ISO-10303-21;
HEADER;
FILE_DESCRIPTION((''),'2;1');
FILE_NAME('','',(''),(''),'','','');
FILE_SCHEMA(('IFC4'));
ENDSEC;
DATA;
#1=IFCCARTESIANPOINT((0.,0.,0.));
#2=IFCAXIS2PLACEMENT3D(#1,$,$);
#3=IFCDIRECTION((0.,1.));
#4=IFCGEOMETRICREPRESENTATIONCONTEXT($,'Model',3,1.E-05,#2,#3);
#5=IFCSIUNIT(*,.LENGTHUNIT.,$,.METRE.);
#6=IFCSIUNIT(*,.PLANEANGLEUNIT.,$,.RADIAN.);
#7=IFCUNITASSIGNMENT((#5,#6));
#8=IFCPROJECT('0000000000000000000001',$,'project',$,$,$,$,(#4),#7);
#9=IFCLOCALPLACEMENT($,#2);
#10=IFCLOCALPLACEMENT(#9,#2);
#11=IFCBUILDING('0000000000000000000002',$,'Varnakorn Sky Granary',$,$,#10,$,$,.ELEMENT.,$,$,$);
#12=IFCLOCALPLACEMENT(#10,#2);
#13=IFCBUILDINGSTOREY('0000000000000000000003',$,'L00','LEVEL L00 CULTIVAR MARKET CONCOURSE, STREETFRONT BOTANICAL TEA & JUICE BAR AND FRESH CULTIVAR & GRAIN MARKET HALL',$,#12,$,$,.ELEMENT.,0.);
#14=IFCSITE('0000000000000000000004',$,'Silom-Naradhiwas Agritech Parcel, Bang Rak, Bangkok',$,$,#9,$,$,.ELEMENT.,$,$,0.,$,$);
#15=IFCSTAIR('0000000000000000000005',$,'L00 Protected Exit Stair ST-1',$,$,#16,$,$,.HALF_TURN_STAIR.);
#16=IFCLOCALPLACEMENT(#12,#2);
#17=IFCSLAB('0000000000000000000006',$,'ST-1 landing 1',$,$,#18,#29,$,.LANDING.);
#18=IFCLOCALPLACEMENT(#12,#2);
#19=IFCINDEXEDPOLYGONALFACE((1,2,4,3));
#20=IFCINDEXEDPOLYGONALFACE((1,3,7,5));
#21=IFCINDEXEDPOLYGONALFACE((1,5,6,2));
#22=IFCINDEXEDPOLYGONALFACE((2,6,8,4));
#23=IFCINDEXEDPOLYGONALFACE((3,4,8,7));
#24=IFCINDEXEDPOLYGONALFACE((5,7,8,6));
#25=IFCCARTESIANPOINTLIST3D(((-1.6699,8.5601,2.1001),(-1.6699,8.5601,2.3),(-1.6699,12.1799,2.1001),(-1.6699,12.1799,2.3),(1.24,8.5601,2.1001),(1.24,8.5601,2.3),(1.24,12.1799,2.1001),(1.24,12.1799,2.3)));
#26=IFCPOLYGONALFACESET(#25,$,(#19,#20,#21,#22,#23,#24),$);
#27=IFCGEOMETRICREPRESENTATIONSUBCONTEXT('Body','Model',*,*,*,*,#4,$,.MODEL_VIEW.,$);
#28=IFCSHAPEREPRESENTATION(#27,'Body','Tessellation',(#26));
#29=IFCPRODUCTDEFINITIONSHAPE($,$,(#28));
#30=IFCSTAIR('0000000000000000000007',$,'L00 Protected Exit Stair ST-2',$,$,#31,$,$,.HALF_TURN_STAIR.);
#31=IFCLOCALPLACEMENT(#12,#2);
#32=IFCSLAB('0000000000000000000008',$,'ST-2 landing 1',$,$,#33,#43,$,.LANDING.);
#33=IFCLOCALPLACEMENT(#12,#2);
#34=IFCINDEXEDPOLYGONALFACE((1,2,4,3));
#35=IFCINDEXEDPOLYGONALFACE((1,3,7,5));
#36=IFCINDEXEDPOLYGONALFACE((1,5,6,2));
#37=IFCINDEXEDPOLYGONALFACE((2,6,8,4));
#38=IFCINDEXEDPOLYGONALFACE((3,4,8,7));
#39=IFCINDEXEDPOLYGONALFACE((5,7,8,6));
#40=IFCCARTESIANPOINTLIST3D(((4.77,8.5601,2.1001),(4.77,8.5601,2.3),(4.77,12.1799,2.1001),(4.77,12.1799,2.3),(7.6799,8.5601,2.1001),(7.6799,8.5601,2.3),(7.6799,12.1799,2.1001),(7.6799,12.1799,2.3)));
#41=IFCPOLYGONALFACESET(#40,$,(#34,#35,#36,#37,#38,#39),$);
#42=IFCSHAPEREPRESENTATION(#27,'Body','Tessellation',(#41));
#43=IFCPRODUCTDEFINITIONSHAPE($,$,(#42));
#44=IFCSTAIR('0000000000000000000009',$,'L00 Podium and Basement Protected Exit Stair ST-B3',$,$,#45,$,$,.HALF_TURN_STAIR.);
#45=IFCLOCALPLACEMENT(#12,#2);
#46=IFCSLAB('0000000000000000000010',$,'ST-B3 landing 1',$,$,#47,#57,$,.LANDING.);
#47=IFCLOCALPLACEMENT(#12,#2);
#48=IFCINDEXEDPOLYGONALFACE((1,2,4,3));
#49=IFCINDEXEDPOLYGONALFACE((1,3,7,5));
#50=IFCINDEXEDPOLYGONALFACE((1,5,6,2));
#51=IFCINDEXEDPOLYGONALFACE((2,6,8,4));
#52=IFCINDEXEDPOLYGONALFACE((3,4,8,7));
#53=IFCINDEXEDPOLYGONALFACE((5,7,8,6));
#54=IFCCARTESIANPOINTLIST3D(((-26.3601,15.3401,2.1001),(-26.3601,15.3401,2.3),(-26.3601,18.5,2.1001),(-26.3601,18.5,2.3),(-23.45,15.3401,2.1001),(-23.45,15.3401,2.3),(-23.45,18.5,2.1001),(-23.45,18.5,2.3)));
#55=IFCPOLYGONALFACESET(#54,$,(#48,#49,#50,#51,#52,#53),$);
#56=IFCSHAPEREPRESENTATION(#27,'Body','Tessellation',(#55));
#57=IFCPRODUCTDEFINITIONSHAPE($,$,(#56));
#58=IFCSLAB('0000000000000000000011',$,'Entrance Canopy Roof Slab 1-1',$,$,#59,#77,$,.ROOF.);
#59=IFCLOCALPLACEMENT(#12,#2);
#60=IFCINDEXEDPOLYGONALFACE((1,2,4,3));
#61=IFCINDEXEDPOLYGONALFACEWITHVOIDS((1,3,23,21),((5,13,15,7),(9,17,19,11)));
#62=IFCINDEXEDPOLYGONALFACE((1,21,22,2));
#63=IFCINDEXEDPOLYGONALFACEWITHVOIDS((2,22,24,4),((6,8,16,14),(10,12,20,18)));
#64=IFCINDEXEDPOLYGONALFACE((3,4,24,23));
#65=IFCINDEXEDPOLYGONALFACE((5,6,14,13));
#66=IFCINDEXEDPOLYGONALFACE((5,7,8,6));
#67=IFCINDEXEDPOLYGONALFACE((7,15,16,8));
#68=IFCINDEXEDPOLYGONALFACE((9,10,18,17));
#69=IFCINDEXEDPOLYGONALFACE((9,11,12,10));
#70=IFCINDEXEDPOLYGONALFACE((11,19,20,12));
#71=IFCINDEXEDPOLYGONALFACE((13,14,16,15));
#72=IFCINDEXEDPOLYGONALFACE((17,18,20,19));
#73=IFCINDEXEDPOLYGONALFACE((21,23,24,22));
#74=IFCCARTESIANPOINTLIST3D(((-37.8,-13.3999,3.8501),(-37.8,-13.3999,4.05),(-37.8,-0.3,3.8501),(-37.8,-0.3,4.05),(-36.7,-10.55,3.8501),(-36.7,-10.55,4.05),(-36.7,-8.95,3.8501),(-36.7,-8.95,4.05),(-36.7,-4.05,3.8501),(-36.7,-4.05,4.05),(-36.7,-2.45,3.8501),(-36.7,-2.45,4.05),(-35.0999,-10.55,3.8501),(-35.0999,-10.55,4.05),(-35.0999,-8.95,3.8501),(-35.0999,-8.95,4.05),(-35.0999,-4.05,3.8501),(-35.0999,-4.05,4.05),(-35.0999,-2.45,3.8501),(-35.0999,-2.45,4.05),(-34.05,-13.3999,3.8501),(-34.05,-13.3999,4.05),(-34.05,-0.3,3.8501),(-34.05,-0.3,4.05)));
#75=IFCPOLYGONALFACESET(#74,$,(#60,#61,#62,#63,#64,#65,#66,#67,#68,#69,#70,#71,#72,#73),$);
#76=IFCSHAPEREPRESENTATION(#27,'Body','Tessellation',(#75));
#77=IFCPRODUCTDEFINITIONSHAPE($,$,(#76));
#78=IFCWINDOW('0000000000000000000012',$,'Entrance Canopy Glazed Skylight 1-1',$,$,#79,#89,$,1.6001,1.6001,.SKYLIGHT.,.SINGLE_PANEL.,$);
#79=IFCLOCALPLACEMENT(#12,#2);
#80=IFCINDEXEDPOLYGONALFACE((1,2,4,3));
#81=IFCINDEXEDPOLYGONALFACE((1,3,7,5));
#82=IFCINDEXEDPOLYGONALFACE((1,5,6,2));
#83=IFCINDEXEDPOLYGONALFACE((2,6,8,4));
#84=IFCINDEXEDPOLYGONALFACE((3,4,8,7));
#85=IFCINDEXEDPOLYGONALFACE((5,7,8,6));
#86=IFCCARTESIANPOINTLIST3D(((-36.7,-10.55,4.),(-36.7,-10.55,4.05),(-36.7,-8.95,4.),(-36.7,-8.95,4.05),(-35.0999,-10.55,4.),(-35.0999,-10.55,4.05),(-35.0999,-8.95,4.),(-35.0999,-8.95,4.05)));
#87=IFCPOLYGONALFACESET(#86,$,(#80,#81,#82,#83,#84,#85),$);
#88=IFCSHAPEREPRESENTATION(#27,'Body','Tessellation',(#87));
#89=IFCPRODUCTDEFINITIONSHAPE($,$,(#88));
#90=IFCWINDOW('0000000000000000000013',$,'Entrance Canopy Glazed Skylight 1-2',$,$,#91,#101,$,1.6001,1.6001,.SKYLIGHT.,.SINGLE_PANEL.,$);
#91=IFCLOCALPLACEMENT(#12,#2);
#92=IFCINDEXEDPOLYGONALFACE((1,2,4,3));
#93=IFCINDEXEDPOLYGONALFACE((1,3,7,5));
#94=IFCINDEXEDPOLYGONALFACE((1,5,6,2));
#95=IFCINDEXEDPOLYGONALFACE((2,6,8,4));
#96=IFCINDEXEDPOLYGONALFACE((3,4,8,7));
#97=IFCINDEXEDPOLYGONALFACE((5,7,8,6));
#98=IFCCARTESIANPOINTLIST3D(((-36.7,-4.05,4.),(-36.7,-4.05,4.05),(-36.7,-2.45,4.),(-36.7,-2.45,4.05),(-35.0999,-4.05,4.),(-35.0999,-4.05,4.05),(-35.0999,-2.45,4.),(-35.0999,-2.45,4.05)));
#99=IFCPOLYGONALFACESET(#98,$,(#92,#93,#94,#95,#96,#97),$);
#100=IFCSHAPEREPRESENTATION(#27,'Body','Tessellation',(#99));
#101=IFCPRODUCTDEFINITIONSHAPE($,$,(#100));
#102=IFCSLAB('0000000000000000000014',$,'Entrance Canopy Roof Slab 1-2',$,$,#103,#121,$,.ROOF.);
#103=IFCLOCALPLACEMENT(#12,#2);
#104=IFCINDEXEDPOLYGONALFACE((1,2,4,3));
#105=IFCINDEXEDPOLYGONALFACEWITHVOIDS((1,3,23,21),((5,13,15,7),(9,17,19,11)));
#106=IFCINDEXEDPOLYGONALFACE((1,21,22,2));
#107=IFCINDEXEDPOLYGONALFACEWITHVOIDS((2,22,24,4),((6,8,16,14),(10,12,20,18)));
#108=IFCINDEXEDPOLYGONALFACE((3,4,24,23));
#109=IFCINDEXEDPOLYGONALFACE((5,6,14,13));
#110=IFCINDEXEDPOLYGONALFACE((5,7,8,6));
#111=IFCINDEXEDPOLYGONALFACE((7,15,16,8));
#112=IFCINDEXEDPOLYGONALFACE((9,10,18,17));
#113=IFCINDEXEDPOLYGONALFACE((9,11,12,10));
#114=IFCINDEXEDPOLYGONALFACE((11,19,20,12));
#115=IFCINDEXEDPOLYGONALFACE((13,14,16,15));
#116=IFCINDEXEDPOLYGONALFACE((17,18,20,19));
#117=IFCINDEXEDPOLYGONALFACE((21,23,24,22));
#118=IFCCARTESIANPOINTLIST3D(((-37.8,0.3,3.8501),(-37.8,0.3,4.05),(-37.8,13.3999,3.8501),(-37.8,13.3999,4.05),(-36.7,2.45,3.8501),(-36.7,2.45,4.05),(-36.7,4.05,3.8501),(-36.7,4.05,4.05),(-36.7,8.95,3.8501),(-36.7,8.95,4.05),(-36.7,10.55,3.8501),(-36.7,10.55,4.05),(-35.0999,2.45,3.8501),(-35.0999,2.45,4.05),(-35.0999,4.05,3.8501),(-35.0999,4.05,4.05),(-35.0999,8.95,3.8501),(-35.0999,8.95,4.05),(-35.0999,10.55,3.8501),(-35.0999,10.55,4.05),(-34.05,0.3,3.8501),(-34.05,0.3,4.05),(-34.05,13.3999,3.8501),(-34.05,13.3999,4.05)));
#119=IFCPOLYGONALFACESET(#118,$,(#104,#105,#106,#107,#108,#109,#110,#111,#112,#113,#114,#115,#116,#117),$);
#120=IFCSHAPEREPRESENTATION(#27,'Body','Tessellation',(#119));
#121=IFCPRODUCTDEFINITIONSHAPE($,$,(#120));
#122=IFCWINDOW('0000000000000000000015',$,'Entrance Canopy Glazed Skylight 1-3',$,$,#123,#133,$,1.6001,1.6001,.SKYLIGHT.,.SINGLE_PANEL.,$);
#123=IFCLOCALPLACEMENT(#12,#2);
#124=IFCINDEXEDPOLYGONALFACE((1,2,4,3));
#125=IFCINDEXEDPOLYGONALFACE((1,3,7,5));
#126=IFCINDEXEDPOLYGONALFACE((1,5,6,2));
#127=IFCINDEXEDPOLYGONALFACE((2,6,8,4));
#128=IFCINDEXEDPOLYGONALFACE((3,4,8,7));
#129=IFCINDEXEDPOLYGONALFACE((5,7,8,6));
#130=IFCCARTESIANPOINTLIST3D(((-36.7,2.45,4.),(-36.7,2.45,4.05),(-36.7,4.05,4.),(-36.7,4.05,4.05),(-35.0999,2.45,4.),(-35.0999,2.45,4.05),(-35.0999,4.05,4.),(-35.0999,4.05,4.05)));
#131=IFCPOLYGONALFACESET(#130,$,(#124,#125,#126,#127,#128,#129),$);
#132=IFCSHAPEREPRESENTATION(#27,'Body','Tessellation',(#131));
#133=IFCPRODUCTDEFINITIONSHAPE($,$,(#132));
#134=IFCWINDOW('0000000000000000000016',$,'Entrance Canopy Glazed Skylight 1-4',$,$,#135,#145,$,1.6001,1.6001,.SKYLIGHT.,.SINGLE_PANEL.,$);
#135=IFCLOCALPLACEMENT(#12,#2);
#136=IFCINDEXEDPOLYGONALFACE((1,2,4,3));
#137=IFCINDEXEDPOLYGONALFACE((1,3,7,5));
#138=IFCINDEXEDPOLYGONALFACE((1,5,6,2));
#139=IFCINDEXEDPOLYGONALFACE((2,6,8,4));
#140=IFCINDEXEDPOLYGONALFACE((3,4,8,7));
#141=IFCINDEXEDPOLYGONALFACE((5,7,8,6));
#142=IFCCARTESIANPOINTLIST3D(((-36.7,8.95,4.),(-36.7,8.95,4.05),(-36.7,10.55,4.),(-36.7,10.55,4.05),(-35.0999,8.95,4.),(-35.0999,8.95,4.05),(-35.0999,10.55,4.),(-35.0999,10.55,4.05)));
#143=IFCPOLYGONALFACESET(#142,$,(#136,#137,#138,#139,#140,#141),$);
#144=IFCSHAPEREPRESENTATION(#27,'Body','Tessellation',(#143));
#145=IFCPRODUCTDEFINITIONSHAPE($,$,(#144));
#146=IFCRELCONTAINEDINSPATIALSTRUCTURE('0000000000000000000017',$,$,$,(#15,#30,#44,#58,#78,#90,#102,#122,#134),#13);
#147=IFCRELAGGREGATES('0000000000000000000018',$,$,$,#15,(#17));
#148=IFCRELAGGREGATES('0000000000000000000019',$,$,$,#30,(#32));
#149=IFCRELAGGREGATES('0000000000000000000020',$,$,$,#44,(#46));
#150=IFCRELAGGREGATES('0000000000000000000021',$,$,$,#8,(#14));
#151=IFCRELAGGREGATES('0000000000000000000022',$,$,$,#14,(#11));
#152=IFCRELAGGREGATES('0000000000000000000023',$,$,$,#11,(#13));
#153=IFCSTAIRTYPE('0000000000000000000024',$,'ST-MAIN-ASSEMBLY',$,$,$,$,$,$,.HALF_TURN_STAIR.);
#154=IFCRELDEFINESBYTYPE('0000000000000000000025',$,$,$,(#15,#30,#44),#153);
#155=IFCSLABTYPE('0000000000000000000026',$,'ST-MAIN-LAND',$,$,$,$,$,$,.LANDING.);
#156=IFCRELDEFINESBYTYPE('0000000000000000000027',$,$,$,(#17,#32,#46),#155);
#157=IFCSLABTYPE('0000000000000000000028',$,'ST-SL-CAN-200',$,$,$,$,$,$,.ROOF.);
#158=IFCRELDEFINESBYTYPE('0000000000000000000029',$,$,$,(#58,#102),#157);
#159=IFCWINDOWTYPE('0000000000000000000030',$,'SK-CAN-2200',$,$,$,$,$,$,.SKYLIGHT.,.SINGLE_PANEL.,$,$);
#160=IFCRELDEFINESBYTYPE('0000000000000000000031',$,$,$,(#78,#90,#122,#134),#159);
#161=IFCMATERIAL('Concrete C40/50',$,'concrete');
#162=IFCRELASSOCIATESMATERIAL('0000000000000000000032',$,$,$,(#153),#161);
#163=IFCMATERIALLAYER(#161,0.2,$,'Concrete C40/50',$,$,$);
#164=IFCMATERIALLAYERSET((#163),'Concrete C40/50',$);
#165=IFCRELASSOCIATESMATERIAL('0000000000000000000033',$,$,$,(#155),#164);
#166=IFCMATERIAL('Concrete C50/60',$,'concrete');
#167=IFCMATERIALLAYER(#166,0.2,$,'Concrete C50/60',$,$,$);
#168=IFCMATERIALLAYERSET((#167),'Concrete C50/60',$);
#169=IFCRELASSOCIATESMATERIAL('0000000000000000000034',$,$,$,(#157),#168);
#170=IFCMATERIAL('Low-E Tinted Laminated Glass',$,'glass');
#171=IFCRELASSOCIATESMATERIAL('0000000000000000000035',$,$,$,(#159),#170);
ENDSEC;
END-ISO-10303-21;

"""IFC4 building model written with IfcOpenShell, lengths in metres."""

from ifc_helpers import new_model, si_unit, direction, frame, origin, origin_2d, place, context, subcontext, project, spatial, polyline, rectangle, outline, extrude, material, layer, layer_set, type_object, element, fill, aggregate, save


model = new_model("IFC4")

# Units and contexts
model_context = context("Model", 3, precision=1e-05, world=origin(), true_north=direction((0.0, 1.0)))
body_context = subcontext(model_context, "Body", "Model", "MODEL_VIEW")
ifc_project = project(units=[si_unit("LENGTHUNIT", "METRE"), si_unit("PLANEANGLEUNIT", "RADIAN")], contexts=[model_context])

# Site, building, storey
site_placement = place(None, origin())
site = spatial("IfcSite", under=ifc_project, at=site_placement, Name="Silom-Naradhiwas Agritech Parcel, Bang Rak, Bangkok", CompositionType="ELEMENT", RefElevation=0.0)
building_placement = place(site_placement, origin())
building = spatial("IfcBuilding", under=site, at=building_placement, Name="Varnakorn Sky Granary", CompositionType="ELEMENT")
storey_placement = place(building_placement, origin())
storey = spatial("IfcBuildingStorey", under=building, at=storey_placement, Name="L00", Description="LEVEL L00 CULTIVAR MARKET CONCOURSE, STREETFRONT BOTANICAL TEA & JUICE BAR AND FRESH CULTIVAR & GRAIN MARKET HALL", CompositionType="ELEMENT", Elevation=0.0)

# Stairs, slabs
ifc_material_1 = material(Name="Concrete C40/50", Category="concrete")
stair_type = type_object("IfcStairType", Name="ST-MAIN-ASSEMBLY", PredefinedType="HALF_TURN_STAIR", material=ifc_material_1)
stair_1_placement = place(storey_placement, origin())
stair_1 = element("IfcStair", 1, at=stair_1_placement, inside=storey, type_object=stair_type, Name="L00 Protected Exit Stair ST-1", PredefinedType="HALF_TURN_STAIR")
ifc_layer_1 = layer(ifc_material_1, 0.2, Name="Concrete C40/50")
ifc_layer_set_1 = layer_set([ifc_layer_1], Name="Concrete C40/50")
slab_type_1 = type_object("IfcSlabType", Name="ST-MAIN-LAND", PredefinedType="LANDING", material=ifc_layer_set_1)
slab_1_placement = place(storey_placement, frame((0.0, 0.0, 2.1001)))
slab_1 = element("IfcSlab", 2, at=slab_1_placement, type_object=slab_type_1, Name="ST-1 landing 1", PredefinedType="LANDING", context=body_context, shape_type="SweptSolid", body=[
    extrude(outline(polyline([(1.24, 8.5601), (1.24, 12.1799), (-1.6699, 12.1799), (-1.6699, 8.5601), (1.24, 8.5601)])), origin(), (0.0, 0.0, 1.0), 0.2),
])
aggregate(stair_1, [slab_1])
stair_2_placement = place(storey_placement, origin())
stair_2 = element("IfcStair", 3, at=stair_2_placement, inside=storey, type_object=stair_type, Name="L00 Protected Exit Stair ST-2", PredefinedType="HALF_TURN_STAIR")
slab_2_placement = place(storey_placement, frame((0.0, 0.0, 2.1001)))
slab_2 = element("IfcSlab", 4, at=slab_2_placement, type_object=slab_type_1, Name="ST-2 landing 1", PredefinedType="LANDING", context=body_context, shape_type="SweptSolid", body=[
    extrude(outline(polyline([(7.6799, 8.5601), (7.6799, 12.1799), (4.77, 12.1799), (4.77, 8.5601), (7.6799, 8.5601)])), origin(), (0.0, 0.0, 1.0), 0.2),
])
aggregate(stair_2, [slab_2])
stair_3_placement = place(storey_placement, origin())
stair_3 = element("IfcStair", 5, at=stair_3_placement, inside=storey, type_object=stair_type, Name="L00 Podium and Basement Protected Exit Stair ST-B3", PredefinedType="HALF_TURN_STAIR")
slab_3_placement = place(storey_placement, frame((0.0, 0.0, 2.1001)))
slab_3 = element("IfcSlab", 6, at=slab_3_placement, type_object=slab_type_1, Name="ST-B3 landing 1", PredefinedType="LANDING", context=body_context, shape_type="SweptSolid", body=[
    extrude(outline(polyline([(-23.45, 15.3401), (-23.45, 18.5), (-26.3601, 18.5), (-26.3601, 15.3401), (-23.45, 15.3401)])), origin(), (0.0, 0.0, 1.0), 0.2),
])
aggregate(stair_3, [slab_3])

# Slabs, openings, windows
ifc_material_2 = material(Name="Concrete C50/60", Category="concrete")
ifc_layer_2 = layer(ifc_material_2, 0.2, Name="Concrete C50/60")
ifc_layer_set_2 = layer_set([ifc_layer_2], Name="Concrete C50/60")
slab_type_2 = type_object("IfcSlabType", Name="ST-SL-CAN-200", PredefinedType="ROOF", material=ifc_layer_set_2)
slab_4_placement = place(storey_placement, frame((0.0, 0.0, 3.8501)))
slab_4 = element("IfcSlab", 7, at=slab_4_placement, inside=storey, type_object=slab_type_2, Name="Entrance Canopy Roof Slab 1-1", PredefinedType="ROOF", context=body_context, shape_type="SweptSolid", body=[
    extrude(outline(polyline([(-37.8, -13.3999), (-34.05, -13.3999), (-34.05, -0.3), (-37.8, -0.3), (-37.8, -13.3999)])), origin(), (0.0, 0.0, 1.0), 0.2),
])
opening_1_placement = place(slab_4_placement, frame((-35.8999, -9.75, 0.0)))
opening_1 = element("IfcOpeningElement", 8, at=opening_1_placement, cuts=slab_4, PredefinedType="OPENING", context=body_context, shape_type="SweptSolid", body=[
    extrude(rectangle(XDim=1.6001, YDim=1.6001, at=origin_2d()), frame((0.0, 0.0, -0.01)), (0.0, 0.0, 1.0), 0.22),
])
opening_2_placement = place(slab_4_placement, frame((-35.8999, -3.25, 0.0)))
opening_2 = element("IfcOpeningElement", 9, at=opening_2_placement, cuts=slab_4, PredefinedType="OPENING", context=body_context, shape_type="SweptSolid", body=[
    extrude(rectangle(XDim=1.6001, YDim=1.6001, at=origin_2d()), frame((0.0, 0.0, -0.01)), (0.0, 0.0, 1.0), 0.22),
])
ifc_material_3 = material(Name="Low-E Tinted Laminated Glass", Category="glass")
window_type = type_object("IfcWindowType", Name="SK-CAN-2200", PartitioningType="SINGLE_PANEL", PredefinedType="SKYLIGHT", material=ifc_material_3)
window_1_placement = place(opening_1_placement, frame((0.0, 0.0, 0.1499)))
window_1 = element("IfcWindow", 10, at=window_1_placement, inside=storey, type_object=window_type, Name="Entrance Canopy Glazed Skylight 1-1", OverallHeight=1.6001, OverallWidth=1.6001, PartitioningType="SINGLE_PANEL", PredefinedType="SKYLIGHT", context=body_context, shape_type="SweptSolid", body=[
    extrude(rectangle(XDim=1.6001, YDim=1.6001, at=origin_2d()), origin(), (0.0, 0.0, 1.0), 0.05),
])
fill(opening_1, window_1)
window_2_placement = place(opening_2_placement, frame((0.0, 0.0, 0.1499)))
window_2 = element("IfcWindow", 11, at=window_2_placement, inside=storey, type_object=window_type, Name="Entrance Canopy Glazed Skylight 1-2", OverallHeight=1.6001, OverallWidth=1.6001, PartitioningType="SINGLE_PANEL", PredefinedType="SKYLIGHT", context=body_context, shape_type="SweptSolid", body=[
    extrude(rectangle(XDim=1.6001, YDim=1.6001, at=origin_2d()), origin(), (0.0, 0.0, 1.0), 0.05),
])
fill(opening_2, window_2)
slab_5_placement = place(storey_placement, frame((0.0, 0.0, 3.8501)))
slab_5 = element("IfcSlab", 12, at=slab_5_placement, inside=storey, type_object=slab_type_2, Name="Entrance Canopy Roof Slab 1-2", PredefinedType="ROOF", context=body_context, shape_type="SweptSolid", body=[
    extrude(outline(polyline([(-37.8, 0.3), (-34.05, 0.3), (-34.05, 13.3999), (-37.8, 13.3999), (-37.8, 0.3)])), origin(), (0.0, 0.0, 1.0), 0.2),
])
opening_3_placement = place(slab_5_placement, frame((-35.8999, 3.25, 0.0)))
opening_3 = element("IfcOpeningElement", 13, at=opening_3_placement, cuts=slab_5, PredefinedType="OPENING", context=body_context, shape_type="SweptSolid", body=[
    extrude(rectangle(XDim=1.6001, YDim=1.6001, at=origin_2d()), frame((0.0, 0.0, -0.01)), (0.0, 0.0, 1.0), 0.22),
])
opening_4_placement = place(slab_5_placement, frame((-35.8999, 9.75, 0.0)))
opening_4 = element("IfcOpeningElement", 14, at=opening_4_placement, cuts=slab_5, PredefinedType="OPENING", context=body_context, shape_type="SweptSolid", body=[
    extrude(rectangle(XDim=1.6001, YDim=1.6001, at=origin_2d()), frame((0.0, 0.0, -0.01)), (0.0, 0.0, 1.0), 0.22),
])
window_3_placement = place(opening_3_placement, frame((0.0, 0.0, 0.1499)))
window_3 = element("IfcWindow", 15, at=window_3_placement, inside=storey, type_object=window_type, Name="Entrance Canopy Glazed Skylight 1-3", OverallHeight=1.6001, OverallWidth=1.6001, PartitioningType="SINGLE_PANEL", PredefinedType="SKYLIGHT", context=body_context, shape_type="SweptSolid", body=[
    extrude(rectangle(XDim=1.6001, YDim=1.6001, at=origin_2d()), origin(), (0.0, 0.0, 1.0), 0.05),
])
fill(opening_3, window_3)
window_4_placement = place(opening_4_placement, frame((0.0, 0.0, 0.1499)))
window_4 = element("IfcWindow", 16, at=window_4_placement, inside=storey, type_object=window_type, Name="Entrance Canopy Glazed Skylight 1-4", OverallHeight=1.6001, OverallWidth=1.6001, PartitioningType="SINGLE_PANEL", PredefinedType="SKYLIGHT", context=body_context, shape_type="SweptSolid", body=[
    extrude(rectangle(XDim=1.6001, YDim=1.6001, at=origin_2d()), origin(), (0.0, 0.0, 1.0), 0.05),
])
fill(opening_4, window_4)

save(model, "model.ifc")
